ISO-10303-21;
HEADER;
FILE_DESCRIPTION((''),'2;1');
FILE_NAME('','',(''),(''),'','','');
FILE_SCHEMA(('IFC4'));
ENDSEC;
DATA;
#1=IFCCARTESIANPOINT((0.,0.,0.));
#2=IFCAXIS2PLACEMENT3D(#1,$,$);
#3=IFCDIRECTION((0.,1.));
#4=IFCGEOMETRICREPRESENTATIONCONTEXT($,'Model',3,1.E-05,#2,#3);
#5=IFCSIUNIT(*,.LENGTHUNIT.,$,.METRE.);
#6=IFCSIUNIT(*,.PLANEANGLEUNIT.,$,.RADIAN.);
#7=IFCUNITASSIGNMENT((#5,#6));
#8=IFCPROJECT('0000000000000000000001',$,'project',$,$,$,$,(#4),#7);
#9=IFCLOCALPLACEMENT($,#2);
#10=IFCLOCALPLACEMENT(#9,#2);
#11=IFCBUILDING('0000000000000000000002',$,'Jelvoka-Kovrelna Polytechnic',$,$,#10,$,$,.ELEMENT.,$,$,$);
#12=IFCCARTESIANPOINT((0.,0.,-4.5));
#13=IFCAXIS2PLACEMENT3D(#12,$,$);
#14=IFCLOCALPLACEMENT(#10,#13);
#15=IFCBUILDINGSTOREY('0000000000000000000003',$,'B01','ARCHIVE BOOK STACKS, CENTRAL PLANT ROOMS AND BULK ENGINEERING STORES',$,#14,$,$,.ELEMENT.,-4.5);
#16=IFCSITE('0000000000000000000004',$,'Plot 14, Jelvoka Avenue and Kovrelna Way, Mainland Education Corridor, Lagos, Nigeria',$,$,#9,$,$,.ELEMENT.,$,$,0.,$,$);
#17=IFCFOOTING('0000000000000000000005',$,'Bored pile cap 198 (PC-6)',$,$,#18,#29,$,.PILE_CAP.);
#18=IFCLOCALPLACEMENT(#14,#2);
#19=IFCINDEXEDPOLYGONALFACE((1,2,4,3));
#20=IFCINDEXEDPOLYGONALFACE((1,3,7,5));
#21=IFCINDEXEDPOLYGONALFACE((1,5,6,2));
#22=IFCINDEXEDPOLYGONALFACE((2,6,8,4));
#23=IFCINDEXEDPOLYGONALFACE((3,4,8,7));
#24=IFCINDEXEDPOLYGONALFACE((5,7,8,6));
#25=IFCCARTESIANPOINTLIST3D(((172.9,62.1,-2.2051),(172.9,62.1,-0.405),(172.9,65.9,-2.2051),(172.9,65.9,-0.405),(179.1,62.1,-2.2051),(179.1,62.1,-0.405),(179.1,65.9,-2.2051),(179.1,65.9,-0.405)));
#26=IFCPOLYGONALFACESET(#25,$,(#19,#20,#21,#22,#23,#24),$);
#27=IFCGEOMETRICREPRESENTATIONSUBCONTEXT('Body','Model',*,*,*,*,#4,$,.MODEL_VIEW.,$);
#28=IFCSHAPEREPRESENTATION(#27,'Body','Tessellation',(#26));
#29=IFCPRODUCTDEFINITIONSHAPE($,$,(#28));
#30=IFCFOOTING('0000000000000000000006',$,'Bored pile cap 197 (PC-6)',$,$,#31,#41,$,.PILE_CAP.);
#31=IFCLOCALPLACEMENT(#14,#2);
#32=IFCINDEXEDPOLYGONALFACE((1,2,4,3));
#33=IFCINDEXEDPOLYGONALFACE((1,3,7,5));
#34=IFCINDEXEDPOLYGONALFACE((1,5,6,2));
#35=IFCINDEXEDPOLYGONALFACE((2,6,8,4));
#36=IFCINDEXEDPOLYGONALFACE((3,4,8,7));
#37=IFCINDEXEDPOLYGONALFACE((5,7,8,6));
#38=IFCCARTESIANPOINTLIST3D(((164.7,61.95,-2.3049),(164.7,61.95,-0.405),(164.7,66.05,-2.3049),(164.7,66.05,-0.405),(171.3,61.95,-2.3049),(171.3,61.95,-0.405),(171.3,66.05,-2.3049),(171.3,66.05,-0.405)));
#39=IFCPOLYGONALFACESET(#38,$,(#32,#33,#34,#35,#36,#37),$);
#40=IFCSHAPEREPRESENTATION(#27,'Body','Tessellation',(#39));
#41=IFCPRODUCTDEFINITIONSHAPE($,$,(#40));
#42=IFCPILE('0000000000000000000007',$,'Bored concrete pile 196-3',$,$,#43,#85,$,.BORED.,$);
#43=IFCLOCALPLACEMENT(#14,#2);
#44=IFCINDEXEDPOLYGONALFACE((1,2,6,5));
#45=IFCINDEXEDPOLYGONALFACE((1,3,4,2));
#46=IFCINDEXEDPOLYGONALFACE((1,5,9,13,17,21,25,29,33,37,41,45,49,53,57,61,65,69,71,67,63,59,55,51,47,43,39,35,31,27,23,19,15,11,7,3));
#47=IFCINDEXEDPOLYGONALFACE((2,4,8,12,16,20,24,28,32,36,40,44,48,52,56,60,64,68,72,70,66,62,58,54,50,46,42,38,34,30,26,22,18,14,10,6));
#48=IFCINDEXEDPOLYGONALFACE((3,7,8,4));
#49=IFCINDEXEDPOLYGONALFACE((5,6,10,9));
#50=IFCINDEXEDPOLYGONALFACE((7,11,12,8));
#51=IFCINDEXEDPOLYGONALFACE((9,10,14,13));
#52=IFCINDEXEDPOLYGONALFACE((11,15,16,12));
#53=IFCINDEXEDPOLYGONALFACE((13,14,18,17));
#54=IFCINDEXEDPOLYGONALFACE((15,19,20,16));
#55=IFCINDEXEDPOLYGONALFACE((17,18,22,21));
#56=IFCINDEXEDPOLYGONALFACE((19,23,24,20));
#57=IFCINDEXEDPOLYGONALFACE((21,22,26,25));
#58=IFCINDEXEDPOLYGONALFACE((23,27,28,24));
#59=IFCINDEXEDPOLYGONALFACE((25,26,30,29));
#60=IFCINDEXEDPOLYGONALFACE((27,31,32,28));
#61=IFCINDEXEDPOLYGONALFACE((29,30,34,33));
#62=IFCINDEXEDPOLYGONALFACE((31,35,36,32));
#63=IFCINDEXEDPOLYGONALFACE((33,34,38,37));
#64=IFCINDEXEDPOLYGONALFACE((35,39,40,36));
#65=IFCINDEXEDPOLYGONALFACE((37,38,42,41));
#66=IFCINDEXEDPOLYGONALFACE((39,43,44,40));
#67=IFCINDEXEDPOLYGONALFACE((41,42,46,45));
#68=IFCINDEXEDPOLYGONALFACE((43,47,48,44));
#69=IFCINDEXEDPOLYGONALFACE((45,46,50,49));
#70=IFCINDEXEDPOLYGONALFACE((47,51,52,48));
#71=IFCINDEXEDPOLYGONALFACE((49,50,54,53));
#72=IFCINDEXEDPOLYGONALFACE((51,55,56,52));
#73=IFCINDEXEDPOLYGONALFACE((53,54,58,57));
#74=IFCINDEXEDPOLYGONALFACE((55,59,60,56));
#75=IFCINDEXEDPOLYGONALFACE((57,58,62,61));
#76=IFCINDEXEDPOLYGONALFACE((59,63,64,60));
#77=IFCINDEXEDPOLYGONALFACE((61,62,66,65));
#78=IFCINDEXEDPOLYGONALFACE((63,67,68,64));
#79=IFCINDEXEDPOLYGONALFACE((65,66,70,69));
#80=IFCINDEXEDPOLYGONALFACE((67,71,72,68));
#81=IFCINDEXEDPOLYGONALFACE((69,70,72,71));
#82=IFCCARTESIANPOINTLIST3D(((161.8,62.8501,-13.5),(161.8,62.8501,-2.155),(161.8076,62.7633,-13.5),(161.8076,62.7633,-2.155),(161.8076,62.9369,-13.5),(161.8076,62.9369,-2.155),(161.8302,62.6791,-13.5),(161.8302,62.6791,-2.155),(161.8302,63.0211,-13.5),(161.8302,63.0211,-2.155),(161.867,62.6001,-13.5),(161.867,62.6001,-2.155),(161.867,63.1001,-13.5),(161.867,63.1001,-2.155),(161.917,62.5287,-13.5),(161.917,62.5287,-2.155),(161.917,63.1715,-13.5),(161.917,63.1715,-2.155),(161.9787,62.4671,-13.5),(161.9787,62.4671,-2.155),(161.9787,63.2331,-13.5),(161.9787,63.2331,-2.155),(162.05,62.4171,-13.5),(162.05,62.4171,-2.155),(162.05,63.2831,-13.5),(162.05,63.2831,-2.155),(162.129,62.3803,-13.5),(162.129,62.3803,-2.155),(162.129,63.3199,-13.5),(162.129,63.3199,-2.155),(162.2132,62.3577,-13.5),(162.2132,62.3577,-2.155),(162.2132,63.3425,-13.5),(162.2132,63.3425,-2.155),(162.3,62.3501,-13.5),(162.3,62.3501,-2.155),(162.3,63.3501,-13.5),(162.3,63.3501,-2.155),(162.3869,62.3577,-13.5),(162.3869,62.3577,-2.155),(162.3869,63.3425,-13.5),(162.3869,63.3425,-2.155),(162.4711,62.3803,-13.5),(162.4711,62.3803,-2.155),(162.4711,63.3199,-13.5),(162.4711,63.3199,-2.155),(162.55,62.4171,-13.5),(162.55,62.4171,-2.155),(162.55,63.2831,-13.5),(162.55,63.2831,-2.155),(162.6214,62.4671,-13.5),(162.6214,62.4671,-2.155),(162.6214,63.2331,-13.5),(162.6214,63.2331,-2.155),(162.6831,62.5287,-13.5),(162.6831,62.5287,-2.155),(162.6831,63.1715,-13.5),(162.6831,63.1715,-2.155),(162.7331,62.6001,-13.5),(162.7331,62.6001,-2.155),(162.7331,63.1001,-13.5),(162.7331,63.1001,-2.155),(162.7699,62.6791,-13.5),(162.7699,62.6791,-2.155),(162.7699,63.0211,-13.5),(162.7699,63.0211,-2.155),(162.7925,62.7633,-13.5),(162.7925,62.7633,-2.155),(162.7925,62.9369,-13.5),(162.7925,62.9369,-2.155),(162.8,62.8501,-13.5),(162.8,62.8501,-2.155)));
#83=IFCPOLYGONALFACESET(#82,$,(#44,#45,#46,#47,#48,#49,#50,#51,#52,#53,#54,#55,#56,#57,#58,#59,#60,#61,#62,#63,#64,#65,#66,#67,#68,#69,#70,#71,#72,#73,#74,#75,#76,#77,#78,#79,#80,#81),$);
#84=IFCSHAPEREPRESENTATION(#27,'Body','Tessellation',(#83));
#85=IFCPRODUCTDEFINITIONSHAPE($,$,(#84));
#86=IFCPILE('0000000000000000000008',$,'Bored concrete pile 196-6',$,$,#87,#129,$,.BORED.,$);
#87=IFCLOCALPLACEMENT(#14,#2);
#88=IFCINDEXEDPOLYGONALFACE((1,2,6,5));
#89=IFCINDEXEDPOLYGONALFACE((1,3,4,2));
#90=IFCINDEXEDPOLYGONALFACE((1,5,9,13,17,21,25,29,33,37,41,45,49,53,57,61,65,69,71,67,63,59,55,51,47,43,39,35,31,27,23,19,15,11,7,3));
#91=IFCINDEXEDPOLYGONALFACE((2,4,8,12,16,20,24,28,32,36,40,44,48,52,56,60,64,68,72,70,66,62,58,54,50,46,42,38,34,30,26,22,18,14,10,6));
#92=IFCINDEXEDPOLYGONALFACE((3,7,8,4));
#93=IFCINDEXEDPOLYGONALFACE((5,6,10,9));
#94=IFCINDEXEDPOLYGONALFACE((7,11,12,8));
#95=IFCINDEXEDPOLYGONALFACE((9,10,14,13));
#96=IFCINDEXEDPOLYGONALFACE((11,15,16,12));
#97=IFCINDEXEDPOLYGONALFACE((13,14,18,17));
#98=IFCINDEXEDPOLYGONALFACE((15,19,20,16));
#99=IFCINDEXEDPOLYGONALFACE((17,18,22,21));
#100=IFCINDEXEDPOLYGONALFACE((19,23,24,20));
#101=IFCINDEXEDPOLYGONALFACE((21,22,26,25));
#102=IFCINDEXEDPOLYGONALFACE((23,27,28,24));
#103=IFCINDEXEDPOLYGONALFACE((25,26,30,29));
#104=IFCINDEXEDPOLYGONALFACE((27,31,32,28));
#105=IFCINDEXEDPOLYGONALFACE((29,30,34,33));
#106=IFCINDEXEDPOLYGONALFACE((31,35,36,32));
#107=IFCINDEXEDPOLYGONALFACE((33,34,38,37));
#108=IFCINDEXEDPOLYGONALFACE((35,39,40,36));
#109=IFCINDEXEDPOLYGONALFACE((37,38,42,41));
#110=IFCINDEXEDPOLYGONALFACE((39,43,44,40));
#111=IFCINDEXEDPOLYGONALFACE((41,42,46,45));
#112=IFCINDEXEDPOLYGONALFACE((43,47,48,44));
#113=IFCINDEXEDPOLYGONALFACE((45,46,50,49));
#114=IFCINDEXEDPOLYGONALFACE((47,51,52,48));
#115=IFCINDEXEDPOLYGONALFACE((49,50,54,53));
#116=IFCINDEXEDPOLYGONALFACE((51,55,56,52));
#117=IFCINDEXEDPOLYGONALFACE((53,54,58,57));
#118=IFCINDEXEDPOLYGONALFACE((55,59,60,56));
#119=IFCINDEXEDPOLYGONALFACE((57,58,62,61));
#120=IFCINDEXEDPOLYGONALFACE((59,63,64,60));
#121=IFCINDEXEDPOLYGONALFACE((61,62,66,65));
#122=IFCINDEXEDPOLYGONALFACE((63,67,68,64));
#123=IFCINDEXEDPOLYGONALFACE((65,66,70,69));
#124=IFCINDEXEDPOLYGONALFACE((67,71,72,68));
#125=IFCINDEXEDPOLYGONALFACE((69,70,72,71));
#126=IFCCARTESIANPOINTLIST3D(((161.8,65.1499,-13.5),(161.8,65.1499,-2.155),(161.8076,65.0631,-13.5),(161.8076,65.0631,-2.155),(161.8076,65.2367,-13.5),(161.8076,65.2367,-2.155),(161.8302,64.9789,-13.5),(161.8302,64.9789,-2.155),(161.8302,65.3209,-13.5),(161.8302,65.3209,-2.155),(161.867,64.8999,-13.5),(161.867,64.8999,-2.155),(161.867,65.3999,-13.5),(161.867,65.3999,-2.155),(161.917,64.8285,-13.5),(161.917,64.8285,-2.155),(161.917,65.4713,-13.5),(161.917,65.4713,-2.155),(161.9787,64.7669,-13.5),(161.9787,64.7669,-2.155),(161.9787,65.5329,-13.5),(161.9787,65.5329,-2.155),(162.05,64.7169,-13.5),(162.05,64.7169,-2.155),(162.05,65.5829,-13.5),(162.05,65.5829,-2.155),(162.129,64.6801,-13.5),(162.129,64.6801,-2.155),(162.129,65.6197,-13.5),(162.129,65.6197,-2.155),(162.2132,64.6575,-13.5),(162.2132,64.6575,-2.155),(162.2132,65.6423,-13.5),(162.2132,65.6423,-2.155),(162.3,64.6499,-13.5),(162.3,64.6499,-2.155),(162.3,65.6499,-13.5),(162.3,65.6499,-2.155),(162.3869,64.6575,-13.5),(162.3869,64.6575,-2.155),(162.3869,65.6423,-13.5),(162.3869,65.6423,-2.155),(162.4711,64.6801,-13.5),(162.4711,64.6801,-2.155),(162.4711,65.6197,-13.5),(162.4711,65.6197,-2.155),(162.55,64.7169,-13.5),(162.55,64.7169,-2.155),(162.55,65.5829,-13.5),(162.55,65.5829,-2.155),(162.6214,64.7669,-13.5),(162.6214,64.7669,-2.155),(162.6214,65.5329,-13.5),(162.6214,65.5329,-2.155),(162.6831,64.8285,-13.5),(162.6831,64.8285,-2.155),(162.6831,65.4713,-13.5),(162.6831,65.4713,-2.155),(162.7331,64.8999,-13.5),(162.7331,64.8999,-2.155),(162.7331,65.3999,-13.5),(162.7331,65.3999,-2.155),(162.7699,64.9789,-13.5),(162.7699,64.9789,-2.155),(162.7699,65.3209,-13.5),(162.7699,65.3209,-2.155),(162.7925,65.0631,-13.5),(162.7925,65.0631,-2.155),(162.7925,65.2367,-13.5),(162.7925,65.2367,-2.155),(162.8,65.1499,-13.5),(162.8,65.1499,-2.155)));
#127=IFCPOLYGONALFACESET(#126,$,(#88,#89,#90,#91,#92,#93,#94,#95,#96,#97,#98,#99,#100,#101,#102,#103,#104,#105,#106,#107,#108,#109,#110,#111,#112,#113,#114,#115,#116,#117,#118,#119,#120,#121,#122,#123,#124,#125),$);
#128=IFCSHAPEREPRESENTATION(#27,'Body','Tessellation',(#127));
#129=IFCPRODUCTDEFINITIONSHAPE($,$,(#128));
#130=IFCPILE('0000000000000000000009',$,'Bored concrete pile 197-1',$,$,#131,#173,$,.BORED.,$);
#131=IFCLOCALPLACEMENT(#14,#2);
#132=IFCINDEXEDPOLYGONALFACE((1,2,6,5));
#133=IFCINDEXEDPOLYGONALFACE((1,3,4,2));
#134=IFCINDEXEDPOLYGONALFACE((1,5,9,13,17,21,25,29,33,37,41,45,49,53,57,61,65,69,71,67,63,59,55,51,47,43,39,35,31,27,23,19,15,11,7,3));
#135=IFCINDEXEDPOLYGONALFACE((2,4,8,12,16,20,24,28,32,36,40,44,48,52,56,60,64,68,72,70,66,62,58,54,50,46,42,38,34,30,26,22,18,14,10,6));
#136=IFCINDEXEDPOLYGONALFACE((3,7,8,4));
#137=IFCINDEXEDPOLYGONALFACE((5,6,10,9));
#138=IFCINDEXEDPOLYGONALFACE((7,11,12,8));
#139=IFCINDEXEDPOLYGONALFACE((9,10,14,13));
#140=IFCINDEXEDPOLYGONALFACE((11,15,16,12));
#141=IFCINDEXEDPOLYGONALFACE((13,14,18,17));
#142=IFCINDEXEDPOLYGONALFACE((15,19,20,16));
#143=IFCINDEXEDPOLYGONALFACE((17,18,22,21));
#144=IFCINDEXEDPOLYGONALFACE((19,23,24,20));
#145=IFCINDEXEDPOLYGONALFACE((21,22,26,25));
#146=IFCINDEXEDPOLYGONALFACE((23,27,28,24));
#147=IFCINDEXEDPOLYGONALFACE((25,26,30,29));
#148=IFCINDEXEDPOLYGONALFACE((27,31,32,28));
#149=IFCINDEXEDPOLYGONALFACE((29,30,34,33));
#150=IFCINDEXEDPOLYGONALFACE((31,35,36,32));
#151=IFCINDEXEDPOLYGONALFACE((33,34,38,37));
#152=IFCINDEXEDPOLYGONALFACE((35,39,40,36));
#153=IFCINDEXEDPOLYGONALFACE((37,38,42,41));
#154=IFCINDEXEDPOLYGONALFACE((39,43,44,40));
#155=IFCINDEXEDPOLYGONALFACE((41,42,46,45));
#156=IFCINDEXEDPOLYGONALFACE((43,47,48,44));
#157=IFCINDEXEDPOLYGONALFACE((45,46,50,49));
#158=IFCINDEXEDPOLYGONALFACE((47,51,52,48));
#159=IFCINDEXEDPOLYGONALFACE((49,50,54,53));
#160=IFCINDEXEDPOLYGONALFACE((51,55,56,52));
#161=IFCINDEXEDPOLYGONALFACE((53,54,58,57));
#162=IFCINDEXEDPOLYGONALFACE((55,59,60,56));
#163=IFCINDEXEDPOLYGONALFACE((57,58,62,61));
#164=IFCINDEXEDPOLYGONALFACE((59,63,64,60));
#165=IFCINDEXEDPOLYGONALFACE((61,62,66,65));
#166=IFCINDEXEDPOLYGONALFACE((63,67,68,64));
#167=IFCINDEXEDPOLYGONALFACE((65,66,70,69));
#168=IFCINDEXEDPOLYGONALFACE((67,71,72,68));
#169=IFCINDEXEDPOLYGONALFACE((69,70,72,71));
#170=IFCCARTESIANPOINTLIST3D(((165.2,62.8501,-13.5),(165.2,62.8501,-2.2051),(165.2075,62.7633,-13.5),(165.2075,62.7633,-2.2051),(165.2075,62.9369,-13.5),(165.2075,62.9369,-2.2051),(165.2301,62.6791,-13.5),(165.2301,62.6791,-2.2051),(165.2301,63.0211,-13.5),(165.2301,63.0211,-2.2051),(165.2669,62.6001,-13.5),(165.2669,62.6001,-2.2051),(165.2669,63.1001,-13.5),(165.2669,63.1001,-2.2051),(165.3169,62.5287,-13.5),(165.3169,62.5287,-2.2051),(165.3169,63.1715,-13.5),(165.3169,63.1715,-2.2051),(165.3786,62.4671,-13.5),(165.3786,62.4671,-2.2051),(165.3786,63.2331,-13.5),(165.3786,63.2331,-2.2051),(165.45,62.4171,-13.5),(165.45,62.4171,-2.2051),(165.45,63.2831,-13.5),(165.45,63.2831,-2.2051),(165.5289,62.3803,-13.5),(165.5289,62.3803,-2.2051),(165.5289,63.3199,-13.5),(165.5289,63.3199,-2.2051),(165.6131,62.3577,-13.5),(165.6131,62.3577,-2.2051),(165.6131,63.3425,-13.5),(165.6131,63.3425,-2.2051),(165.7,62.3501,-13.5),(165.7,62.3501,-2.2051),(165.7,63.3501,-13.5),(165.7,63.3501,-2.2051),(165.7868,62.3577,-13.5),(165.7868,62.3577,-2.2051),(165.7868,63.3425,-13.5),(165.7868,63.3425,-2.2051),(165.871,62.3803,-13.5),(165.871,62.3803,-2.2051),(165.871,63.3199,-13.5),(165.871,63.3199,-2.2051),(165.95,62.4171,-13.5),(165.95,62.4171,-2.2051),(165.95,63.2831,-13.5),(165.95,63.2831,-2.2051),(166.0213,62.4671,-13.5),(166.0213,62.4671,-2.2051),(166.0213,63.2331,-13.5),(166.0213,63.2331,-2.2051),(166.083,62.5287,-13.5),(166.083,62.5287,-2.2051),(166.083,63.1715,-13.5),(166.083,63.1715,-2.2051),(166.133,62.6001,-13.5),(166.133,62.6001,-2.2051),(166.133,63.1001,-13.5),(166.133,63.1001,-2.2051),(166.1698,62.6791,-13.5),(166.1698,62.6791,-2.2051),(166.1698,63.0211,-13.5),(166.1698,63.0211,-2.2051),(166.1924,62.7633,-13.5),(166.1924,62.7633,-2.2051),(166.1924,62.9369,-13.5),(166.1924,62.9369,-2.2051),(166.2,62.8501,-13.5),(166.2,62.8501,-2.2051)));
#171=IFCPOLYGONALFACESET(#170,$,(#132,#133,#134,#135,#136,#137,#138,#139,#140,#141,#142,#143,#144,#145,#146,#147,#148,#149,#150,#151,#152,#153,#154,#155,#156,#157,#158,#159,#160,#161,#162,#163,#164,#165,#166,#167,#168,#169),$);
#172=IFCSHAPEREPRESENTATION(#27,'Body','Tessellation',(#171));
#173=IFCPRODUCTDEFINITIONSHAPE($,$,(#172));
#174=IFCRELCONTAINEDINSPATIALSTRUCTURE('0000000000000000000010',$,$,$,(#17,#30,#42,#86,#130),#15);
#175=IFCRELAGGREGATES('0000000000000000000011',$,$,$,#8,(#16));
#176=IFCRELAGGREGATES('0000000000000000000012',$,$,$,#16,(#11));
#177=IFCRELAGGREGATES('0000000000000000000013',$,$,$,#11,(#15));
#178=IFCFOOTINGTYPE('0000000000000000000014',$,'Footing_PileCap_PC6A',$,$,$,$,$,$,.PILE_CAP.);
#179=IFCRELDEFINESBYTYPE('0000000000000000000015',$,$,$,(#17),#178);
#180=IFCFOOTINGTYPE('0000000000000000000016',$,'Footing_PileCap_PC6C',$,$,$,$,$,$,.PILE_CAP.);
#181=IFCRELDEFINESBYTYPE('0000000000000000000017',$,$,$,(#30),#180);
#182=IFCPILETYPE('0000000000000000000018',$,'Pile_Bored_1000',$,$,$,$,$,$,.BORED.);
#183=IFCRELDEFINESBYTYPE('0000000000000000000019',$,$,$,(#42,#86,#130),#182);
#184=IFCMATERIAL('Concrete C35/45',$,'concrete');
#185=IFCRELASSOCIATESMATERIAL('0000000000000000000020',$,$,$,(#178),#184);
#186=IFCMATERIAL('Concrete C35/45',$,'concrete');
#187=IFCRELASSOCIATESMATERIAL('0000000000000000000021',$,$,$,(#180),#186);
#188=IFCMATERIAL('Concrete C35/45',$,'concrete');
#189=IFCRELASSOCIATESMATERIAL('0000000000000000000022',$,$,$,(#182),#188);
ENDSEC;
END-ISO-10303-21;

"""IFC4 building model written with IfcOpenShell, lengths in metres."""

from ifc_helpers import new_model, si_unit, direction, frame, origin, origin_2d, place, context, subcontext, project, spatial, rectangle, circle, extrude, material, material_profile, profile_set, type_object, element, save


model = new_model("IFC4")

# Units and contexts
model_context = context("Model", 3, precision=1e-05, world=origin(), true_north=direction((0.0, 1.0)))
body_context = subcontext(model_context, "Body", "Model", "MODEL_VIEW")
ifc_project = project(units=[si_unit("LENGTHUNIT", "METRE"), si_unit("PLANEANGLEUNIT", "RADIAN")], contexts=[model_context])

# Site, building, storey
site_placement = place(None, origin())
site = spatial("IfcSite", under=ifc_project, at=site_placement, Name="Plot 14, Jelvoka Avenue and Kovrelna Way, Mainland Education Corridor, Lagos, Nigeria", CompositionType="ELEMENT", RefElevation=0.0)
building_placement = place(site_placement, origin())
building = spatial("IfcBuilding", under=site, at=building_placement, Name="Jelvoka-Kovrelna Polytechnic", CompositionType="ELEMENT")
storey_placement = place(building_placement, frame((0.0, 0.0, -4.5)))
storey = spatial("IfcBuildingStorey", under=building, at=storey_placement, Name="B01", Description="ARCHIVE BOOK STACKS, CENTRAL PLANT ROOMS AND BULK ENGINEERING STORES", CompositionType="ELEMENT", Elevation=-4.5)

# Footings
ifc_material_1 = material(Name="Concrete C35/45", Category="concrete")
footing_type_1 = type_object("IfcFootingType", Name="Footing_PileCap_PC6A", PredefinedType="PILE_CAP", material=ifc_material_1)
footing_1_placement = place(storey_placement, frame((176.0, 64.0, -2.2051), z_axis=(0.0, 0.0, 1.0), x_axis=(1.0, 0.0, 0.0)))
element("IfcFooting", 1, at=footing_1_placement, inside=storey, type_object=footing_type_1, Name="Bored pile cap 198 (PC-6)", PredefinedType="PILE_CAP", context=body_context, shape_type="SweptSolid", body=[
    extrude(rectangle(XDim=6.2, YDim=3.8, at=origin_2d()), origin(), (0.0, 0.0, 1.0), 1.8),
])
ifc_material_2 = material(Name="Concrete C35/45", Category="concrete")
footing_type_2 = type_object("IfcFootingType", Name="Footing_PileCap_PC6C", PredefinedType="PILE_CAP", material=ifc_material_2)
footing_2_placement = place(storey_placement, frame((168.0, 64.0, -2.3049), z_axis=(0.0, 0.0, 1.0), x_axis=(1.0, 0.0, 0.0)))
element("IfcFooting", 2, at=footing_2_placement, inside=storey, type_object=footing_type_2, Name="Bored pile cap 197 (PC-6)", PredefinedType="PILE_CAP", context=body_context, shape_type="SweptSolid", body=[
    extrude(rectangle(XDim=6.6001, YDim=4.1001, at=origin_2d()), origin(), (0.0, 0.0, 1.0), 1.8999),
])

# Piles
ifc_material_3 = material(Name="Concrete C35/45", Category="concrete")
ifc_material_profile_1 = material_profile(ifc_material_3, circle(Radius=0.5, at=origin_2d()), Name="PILE D1000")
ifc_profile_set_1 = profile_set([ifc_material_profile_1], Name="Concrete C35/45")
pile_type = type_object("IfcPileType", Name="Pile_Bored_1000", PredefinedType="BORED", material=ifc_profile_set_1)
for number, where, z_axis, x_axis, name in (
    (3, (162.3, 62.8501, -2.155), (0.0, 0.0, -1.0), (1.0, 0.0, 0.0), "Bored concrete pile 196-3"),
    (4, (162.3, 65.1499, -2.155), (0.0, 0.0, -1.0), (1.0, 0.0, 0.0), "Bored concrete pile 196-6"),
):
    element("IfcPile", number, at=place(storey_placement, frame(where, z_axis=z_axis, x_axis=x_axis)), inside=storey, type_object=pile_type, Name=name, PredefinedType="BORED", context=body_context, shape_type="SweptSolid", body=[
        extrude(circle(Radius=0.5, at=origin_2d()), origin(), (0.0, 0.0, 1.0), 11.345),
    ])
for number, where, z_axis, x_axis, name in (
    (5, (165.7, 62.8501, -2.2051), (0.0, 0.0, -1.0), (1.0, 0.0, 0.0), "Bored concrete pile 197-1"),
):
    element("IfcPile", number, at=place(storey_placement, frame(where, z_axis=z_axis, x_axis=x_axis)), inside=storey, type_object=pile_type, Name=name, PredefinedType="BORED", context=body_context, shape_type="SweptSolid", body=[
        extrude(circle(Radius=0.5, at=origin_2d()), origin(), (0.0, 0.0, 1.0), 11.2949),
    ])

save(model, "model.ifc")
